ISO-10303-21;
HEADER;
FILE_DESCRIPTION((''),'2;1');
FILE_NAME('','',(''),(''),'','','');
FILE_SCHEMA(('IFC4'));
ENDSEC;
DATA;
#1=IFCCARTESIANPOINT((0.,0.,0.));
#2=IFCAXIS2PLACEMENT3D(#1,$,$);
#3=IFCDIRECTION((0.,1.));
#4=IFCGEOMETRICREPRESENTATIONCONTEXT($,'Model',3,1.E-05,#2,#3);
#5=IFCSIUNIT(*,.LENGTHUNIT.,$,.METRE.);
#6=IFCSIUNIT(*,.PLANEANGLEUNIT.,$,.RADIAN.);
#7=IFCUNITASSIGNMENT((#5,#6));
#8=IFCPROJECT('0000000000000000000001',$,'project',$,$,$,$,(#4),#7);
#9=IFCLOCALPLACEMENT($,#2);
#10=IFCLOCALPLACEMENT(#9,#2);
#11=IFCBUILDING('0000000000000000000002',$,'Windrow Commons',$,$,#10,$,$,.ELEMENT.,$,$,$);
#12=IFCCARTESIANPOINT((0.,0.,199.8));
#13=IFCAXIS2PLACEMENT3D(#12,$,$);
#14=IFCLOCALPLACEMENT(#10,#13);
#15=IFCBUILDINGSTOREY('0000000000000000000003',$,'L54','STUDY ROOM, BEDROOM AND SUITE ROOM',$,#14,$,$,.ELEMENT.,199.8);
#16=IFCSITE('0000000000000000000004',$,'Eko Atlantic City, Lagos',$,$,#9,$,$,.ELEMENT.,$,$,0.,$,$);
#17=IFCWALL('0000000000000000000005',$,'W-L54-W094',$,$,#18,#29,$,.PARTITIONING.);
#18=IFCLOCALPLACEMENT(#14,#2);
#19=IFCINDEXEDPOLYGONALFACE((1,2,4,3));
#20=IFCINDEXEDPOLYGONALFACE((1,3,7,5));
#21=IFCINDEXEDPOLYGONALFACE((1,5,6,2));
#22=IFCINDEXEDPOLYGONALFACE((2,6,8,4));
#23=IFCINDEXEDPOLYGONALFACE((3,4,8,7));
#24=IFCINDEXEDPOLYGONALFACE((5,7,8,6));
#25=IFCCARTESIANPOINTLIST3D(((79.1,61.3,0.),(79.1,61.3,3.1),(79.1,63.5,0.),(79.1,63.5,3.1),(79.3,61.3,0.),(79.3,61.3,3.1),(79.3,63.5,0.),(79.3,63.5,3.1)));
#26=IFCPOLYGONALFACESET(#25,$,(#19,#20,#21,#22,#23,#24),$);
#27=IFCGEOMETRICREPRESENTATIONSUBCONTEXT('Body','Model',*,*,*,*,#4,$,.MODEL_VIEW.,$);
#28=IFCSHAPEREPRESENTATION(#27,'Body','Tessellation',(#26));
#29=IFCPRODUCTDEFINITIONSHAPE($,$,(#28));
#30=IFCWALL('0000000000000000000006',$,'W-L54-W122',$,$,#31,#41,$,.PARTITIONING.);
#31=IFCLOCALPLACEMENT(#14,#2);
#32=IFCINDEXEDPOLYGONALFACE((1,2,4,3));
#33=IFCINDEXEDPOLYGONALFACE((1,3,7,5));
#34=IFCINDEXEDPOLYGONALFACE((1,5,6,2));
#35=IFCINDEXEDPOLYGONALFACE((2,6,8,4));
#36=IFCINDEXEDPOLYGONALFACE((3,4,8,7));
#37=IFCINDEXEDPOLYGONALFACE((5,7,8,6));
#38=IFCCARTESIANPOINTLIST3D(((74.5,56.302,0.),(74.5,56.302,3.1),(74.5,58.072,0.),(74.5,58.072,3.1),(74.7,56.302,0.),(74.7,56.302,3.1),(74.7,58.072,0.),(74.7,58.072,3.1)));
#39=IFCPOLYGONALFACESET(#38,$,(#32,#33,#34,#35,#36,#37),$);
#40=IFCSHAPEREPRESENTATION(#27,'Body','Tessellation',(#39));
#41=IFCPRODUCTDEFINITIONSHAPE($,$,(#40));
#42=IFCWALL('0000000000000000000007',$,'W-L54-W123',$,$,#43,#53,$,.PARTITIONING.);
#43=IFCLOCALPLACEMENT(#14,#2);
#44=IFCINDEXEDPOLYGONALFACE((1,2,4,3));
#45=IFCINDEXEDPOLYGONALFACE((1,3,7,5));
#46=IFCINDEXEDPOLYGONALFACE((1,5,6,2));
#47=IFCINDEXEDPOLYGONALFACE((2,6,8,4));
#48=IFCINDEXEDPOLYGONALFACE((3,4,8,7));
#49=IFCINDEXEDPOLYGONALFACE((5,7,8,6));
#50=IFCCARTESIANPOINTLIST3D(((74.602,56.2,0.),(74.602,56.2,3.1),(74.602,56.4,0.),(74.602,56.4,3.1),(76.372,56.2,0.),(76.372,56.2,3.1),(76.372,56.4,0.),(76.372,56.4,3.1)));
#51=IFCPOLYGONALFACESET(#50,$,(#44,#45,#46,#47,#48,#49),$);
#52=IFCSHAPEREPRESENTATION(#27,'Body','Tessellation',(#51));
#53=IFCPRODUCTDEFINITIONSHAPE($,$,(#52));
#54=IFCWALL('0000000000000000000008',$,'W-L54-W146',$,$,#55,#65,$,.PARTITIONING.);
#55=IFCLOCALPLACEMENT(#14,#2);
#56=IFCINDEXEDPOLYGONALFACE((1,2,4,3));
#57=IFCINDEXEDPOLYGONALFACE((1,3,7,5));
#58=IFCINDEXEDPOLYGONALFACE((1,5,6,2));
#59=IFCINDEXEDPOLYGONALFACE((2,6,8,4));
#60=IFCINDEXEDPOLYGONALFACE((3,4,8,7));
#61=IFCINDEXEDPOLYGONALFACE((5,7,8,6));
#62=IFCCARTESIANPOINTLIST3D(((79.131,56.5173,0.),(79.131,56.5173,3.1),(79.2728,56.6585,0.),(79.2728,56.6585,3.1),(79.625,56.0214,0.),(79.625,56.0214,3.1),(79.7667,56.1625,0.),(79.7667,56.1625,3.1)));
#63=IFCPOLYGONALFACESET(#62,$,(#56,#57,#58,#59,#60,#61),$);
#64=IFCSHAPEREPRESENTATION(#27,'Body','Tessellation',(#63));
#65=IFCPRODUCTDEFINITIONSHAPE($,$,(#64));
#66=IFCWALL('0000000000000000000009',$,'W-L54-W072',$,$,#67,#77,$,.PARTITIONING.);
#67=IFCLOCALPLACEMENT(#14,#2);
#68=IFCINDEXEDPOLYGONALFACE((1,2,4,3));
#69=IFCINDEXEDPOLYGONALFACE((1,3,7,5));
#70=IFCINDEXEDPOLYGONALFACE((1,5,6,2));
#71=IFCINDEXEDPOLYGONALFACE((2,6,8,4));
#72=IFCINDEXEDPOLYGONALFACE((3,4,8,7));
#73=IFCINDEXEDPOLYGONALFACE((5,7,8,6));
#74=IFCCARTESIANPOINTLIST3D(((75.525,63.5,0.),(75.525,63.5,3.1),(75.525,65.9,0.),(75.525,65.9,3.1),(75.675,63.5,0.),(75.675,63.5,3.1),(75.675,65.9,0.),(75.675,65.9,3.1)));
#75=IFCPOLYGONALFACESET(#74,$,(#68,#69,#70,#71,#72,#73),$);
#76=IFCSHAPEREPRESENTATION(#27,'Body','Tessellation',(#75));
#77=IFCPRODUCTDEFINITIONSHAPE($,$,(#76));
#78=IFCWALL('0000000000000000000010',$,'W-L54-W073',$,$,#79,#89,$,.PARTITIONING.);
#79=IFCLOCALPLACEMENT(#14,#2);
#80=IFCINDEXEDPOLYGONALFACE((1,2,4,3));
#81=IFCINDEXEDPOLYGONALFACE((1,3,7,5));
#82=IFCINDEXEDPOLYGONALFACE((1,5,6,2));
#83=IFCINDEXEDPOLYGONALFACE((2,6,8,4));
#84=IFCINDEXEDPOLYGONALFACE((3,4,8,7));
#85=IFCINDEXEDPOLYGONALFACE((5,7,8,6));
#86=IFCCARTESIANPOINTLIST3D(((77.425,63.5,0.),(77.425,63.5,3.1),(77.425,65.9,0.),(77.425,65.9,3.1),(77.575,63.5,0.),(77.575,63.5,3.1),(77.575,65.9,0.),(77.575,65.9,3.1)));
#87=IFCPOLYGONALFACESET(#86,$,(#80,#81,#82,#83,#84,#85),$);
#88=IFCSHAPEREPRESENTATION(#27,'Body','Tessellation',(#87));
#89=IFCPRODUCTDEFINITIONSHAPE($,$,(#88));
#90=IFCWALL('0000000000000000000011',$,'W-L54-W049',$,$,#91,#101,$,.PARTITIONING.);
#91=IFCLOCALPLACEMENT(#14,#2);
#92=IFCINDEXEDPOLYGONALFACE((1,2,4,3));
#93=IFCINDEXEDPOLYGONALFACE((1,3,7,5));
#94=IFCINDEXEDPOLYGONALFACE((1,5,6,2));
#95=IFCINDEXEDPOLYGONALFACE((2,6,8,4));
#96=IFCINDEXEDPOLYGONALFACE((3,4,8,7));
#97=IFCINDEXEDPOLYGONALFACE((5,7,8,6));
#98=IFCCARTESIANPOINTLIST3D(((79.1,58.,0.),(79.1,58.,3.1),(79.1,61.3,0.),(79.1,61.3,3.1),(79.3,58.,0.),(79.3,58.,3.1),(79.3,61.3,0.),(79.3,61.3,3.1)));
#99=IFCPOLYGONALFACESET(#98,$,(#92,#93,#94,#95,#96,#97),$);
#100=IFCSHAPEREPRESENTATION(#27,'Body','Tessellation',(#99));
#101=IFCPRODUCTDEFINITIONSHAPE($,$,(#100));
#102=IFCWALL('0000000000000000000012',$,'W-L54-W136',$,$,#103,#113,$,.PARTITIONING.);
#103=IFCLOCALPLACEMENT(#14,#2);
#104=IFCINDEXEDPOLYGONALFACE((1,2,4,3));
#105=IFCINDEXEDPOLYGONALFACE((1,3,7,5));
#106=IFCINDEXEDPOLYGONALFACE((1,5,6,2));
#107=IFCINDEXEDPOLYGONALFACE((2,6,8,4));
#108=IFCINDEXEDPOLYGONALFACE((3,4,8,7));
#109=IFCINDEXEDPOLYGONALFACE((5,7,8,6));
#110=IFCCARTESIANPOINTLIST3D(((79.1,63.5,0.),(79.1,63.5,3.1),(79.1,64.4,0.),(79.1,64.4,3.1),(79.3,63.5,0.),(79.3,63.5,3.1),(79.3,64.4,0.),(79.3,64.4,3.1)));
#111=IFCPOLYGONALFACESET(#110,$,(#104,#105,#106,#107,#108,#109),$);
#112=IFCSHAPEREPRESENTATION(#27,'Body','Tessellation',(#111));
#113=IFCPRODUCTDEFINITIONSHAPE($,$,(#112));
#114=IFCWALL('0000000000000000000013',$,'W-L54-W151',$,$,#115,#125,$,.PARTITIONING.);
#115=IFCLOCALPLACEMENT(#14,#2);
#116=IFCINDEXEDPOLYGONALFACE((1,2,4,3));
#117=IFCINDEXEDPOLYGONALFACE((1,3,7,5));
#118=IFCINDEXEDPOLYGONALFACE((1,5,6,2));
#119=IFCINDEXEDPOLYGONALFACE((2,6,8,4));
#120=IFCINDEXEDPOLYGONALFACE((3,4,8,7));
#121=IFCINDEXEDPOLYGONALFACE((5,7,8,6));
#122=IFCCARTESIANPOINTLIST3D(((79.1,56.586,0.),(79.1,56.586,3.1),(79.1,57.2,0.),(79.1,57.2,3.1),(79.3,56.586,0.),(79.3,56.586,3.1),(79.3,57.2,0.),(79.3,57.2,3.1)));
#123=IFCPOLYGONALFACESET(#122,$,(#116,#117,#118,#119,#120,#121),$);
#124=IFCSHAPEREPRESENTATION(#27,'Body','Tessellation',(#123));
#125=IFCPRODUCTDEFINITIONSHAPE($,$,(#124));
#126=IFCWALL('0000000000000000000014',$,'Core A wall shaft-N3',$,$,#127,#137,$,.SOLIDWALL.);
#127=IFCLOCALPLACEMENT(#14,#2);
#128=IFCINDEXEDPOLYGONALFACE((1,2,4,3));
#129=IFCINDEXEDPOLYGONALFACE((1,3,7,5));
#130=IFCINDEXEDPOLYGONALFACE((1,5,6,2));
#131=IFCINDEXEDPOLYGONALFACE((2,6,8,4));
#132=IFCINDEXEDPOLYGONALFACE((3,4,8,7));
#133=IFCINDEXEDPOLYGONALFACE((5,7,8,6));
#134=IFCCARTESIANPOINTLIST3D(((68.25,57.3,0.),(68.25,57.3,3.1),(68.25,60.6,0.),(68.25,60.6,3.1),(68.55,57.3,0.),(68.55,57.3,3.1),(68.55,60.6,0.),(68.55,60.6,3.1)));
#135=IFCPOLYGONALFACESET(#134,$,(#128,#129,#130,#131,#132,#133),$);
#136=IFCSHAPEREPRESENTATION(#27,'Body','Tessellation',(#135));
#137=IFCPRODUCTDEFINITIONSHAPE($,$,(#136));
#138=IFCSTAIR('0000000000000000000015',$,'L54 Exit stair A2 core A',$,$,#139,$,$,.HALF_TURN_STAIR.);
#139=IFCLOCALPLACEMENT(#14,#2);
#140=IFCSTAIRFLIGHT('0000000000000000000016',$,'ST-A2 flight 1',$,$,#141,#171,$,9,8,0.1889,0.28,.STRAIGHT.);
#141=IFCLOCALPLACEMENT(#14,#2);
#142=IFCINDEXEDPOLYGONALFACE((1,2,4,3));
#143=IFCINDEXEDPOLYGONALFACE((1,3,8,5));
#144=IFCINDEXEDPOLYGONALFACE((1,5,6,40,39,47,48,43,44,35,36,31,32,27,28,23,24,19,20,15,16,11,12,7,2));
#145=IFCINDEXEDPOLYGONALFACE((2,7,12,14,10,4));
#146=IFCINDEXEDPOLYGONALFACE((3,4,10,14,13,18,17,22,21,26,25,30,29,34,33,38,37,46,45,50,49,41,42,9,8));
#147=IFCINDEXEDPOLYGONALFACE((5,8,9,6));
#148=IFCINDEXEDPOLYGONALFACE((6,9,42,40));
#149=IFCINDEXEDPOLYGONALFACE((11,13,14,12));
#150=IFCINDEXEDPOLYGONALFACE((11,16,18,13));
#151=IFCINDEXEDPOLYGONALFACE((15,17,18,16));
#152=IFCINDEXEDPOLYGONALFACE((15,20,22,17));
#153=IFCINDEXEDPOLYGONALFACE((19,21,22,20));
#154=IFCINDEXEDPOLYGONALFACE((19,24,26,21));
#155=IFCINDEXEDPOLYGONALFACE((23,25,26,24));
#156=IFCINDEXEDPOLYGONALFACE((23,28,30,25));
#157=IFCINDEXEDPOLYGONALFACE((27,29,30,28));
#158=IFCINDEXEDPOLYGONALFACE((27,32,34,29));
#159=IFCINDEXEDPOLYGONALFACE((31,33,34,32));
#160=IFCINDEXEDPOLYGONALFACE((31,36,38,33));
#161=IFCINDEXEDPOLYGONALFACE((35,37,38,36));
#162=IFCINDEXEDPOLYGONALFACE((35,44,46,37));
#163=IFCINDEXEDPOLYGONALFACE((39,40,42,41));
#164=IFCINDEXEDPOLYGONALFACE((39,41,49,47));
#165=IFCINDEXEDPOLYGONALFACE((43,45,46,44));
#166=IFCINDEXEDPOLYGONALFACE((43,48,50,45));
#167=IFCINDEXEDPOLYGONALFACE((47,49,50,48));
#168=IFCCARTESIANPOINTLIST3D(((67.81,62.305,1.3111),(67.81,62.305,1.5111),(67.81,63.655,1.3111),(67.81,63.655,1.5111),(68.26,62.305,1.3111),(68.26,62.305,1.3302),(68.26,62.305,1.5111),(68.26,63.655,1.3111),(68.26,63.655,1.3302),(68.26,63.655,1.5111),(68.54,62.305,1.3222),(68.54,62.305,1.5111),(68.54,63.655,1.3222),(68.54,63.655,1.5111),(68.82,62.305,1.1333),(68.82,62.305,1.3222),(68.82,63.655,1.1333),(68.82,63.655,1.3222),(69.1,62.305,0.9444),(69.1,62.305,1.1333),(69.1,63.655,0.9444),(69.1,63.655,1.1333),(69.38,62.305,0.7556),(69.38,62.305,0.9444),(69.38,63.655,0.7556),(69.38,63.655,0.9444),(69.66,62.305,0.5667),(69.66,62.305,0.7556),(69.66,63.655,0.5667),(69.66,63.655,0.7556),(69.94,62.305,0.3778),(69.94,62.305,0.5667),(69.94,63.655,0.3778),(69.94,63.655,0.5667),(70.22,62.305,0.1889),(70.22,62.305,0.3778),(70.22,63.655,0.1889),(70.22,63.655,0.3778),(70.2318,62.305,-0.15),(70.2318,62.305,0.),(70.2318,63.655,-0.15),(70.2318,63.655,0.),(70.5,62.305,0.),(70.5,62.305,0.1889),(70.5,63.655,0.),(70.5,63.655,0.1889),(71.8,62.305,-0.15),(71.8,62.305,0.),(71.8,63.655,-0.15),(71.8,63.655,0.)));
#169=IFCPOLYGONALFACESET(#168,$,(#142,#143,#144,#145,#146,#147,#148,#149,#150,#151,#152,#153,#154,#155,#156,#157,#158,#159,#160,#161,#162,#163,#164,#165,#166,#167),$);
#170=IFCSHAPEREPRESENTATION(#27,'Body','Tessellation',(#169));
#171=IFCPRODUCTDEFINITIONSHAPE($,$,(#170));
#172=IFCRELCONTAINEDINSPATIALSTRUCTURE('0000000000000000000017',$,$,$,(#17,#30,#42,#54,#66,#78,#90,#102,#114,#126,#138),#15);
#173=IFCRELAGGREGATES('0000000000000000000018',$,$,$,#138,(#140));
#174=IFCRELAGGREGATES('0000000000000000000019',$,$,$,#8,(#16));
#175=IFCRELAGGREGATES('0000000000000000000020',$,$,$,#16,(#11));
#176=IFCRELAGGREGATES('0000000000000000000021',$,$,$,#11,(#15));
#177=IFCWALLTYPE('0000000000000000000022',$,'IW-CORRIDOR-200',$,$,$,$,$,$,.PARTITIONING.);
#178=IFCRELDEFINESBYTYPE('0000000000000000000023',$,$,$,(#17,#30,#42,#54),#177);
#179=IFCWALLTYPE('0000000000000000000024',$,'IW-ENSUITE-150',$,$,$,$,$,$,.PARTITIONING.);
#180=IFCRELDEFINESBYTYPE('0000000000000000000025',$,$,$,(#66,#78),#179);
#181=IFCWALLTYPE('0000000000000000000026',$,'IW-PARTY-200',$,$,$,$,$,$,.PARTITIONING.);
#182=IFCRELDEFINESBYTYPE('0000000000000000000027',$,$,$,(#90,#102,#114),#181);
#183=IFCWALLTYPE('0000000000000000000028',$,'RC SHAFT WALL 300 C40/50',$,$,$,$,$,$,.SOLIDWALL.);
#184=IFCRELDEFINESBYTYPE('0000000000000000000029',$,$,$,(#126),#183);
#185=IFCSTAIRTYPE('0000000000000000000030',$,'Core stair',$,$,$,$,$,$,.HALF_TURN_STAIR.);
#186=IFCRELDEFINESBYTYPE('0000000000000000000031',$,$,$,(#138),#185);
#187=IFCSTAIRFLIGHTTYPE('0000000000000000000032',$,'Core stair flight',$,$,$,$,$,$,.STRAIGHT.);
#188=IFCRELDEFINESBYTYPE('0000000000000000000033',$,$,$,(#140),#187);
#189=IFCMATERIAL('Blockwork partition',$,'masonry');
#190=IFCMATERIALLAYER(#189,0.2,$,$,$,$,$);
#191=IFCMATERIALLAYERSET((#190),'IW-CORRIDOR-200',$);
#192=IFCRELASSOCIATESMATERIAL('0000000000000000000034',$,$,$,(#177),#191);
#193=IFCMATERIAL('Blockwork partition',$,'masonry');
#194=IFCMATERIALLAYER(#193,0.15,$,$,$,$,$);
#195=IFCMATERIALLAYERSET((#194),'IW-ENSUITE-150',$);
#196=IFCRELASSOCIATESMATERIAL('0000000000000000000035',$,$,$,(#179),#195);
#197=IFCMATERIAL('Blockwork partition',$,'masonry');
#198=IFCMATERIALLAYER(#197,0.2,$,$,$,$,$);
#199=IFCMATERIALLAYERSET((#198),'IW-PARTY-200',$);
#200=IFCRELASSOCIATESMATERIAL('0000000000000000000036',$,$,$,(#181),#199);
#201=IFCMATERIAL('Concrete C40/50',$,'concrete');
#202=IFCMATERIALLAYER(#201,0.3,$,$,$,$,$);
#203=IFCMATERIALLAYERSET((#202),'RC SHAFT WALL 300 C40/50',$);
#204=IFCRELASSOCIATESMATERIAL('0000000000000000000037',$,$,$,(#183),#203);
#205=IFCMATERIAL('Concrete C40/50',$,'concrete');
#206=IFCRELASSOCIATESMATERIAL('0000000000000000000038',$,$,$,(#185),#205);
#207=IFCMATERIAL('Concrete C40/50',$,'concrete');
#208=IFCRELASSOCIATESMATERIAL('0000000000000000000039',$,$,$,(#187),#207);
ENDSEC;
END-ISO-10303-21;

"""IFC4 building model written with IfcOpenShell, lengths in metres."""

from ifc_helpers import new_model, si_unit, direction, frame, frame_2d, origin, place, context, subcontext, project, spatial, polyline, rectangle, outline, extrude, material, layer, layer_set, type_object, element, aggregate, save


model = new_model("IFC4")

# Units and contexts
model_context = context("Model", 3, precision=1e-05, world=origin(), true_north=direction((0.0, 1.0)))
body_context = subcontext(model_context, "Body", "Model", "MODEL_VIEW")
ifc_project = project(units=[si_unit("LENGTHUNIT", "METRE"), si_unit("PLANEANGLEUNIT", "RADIAN")], contexts=[model_context])

# Site, building, storey
site_placement = place(None, origin())
site = spatial("IfcSite", under=ifc_project, at=site_placement, Name="Eko Atlantic City, Lagos", CompositionType="ELEMENT", RefElevation=0.0)
building_placement = place(site_placement, origin())
building = spatial("IfcBuilding", under=site, at=building_placement, Name="Windrow Commons", CompositionType="ELEMENT")
storey_placement = place(building_placement, frame((0.0, 0.0, 199.8)))
storey = spatial("IfcBuildingStorey", under=building, at=storey_placement, Name="L54", Description="STUDY ROOM, BEDROOM AND SUITE ROOM", CompositionType="ELEMENT", Elevation=199.8)

# Shared definitions
ifc_material_1 = material(Name="Blockwork partition", Category="masonry")
ifc_layer_1 = layer(ifc_material_1, 0.2)
ifc_layer_set_1 = layer_set([ifc_layer_1], Name="IW-CORRIDOR-200")
wall_type_1 = type_object("IfcWallType", Name="IW-CORRIDOR-200", PredefinedType="PARTITIONING", material=ifc_layer_set_1)

# Walls
wall_1_placement = place(storey_placement, frame((79.2, 61.3, 0.0), z_axis=(0.0, 0.0, 1.0), x_axis=(0.0, 1.0, 0.0)))
element("IfcWall", 1, at=wall_1_placement, inside=storey, type_object=wall_type_1, Name="W-L54-W094", PredefinedType="PARTITIONING", context=body_context, shape_type="SweptSolid", body=[
    extrude(rectangle(XDim=2.2, YDim=0.2, at=frame_2d((1.1, 0.0))), origin(), (0.0, 0.0, 1.0), 3.1),
])
for number, where, z_axis, x_axis, name in (
    (2, (74.6, 56.302, 0.0), (0.0, 0.0, 1.0), (0.0, 1.0, 0.0), "W-L54-W122"),
    (3, (74.602, 56.3, 0.0), (0.0, 0.0, 1.0), (1.0, 0.0, 0.0), "W-L54-W123"),
):
    element("IfcWall", number, at=place(storey_placement, frame(where, z_axis=z_axis, x_axis=x_axis)), inside=storey, type_object=wall_type_1, Name=name, PredefinedType="PARTITIONING", context=body_context, shape_type="SweptSolid", body=[
        extrude(rectangle(XDim=1.77, YDim=0.2, at=frame_2d((0.885, 0.0))), origin(), (0.0, 0.0, 1.0), 3.1),
    ])
wall_2_placement = place(storey_placement, frame((79.2019, 56.5879, 0.0), z_axis=(0.0, 0.0, 1.0), x_axis=(0.705677, -0.708534, 0.0)))
element("IfcWall", 4, at=wall_2_placement, inside=storey, type_object=wall_type_1, Name="W-L54-W146", PredefinedType="PARTITIONING", context=body_context, shape_type="SweptSolid", body=[
    extrude(rectangle(XDim=0.7, YDim=0.2, at=frame_2d((0.35, 0.0))), origin(), (0.0, 0.0, 1.0), 3.1),
])
ifc_material_2 = material(Name="Blockwork partition", Category="masonry")
ifc_layer_2 = layer(ifc_material_2, 0.15)
ifc_layer_set_2 = layer_set([ifc_layer_2], Name="IW-ENSUITE-150")
wall_type_2 = type_object("IfcWallType", Name="IW-ENSUITE-150", PredefinedType="PARTITIONING", material=ifc_layer_set_2)
for number, where, z_axis, x_axis, name in (
    (5, (75.6, 63.5, 0.0), (0.0, 0.0, 1.0), (0.0, 1.0, 0.0), "W-L54-W072"),
    (6, (77.5, 63.5, 0.0), (0.0, 0.0, 1.0), (0.0, 1.0, 0.0), "W-L54-W073"),
):
    element("IfcWall", number, at=place(storey_placement, frame(where, z_axis=z_axis, x_axis=x_axis)), inside=storey, type_object=wall_type_2, Name=name, PredefinedType="PARTITIONING", context=body_context, shape_type="SweptSolid", body=[
        extrude(rectangle(XDim=2.4, YDim=0.15, at=frame_2d((1.2, 0.0))), origin(), (0.0, 0.0, 1.0), 3.1),
    ])
ifc_material_3 = material(Name="Blockwork partition", Category="masonry")
ifc_layer_3 = layer(ifc_material_3, 0.2)
ifc_layer_set_3 = layer_set([ifc_layer_3], Name="IW-PARTY-200")
wall_type_3 = type_object("IfcWallType", Name="IW-PARTY-200", PredefinedType="PARTITIONING", material=ifc_layer_set_3)
wall_3_placement = place(storey_placement, frame((79.2, 58.0, 0.0), z_axis=(0.0, 0.0, 1.0), x_axis=(0.0, 1.0, 0.0)))
element("IfcWall", 7, at=wall_3_placement, inside=storey, type_object=wall_type_3, Name="W-L54-W049", PredefinedType="PARTITIONING", context=body_context, shape_type="SweptSolid", body=[
    extrude(rectangle(XDim=3.3, YDim=0.2, at=frame_2d((1.65, 0.0))), origin(), (0.0, 0.0, 1.0), 3.1),
])
wall_4_placement = place(storey_placement, frame((79.2, 63.5, 0.0), z_axis=(0.0, 0.0, 1.0), x_axis=(0.0, 1.0, 0.0)))
element("IfcWall", 8, at=wall_4_placement, inside=storey, type_object=wall_type_3, Name="W-L54-W136", PredefinedType="PARTITIONING", context=body_context, shape_type="SweptSolid", body=[
    extrude(rectangle(XDim=0.9, YDim=0.2, at=frame_2d((0.45, 0.0))), origin(), (0.0, 0.0, 1.0), 3.1),
])
wall_5_placement = place(storey_placement, frame((79.2, 56.586, 0.0), z_axis=(0.0, 0.0, 1.0), x_axis=(0.0, 1.0, 0.0)))
element("IfcWall", 9, at=wall_5_placement, inside=storey, type_object=wall_type_3, Name="W-L54-W151", PredefinedType="PARTITIONING", context=body_context, shape_type="SweptSolid", body=[
    extrude(rectangle(XDim=0.614, YDim=0.2, at=frame_2d((0.307, 0.0))), origin(), (0.0, 0.0, 1.0), 3.1),
])
ifc_material_4 = material(Name="Concrete C40/50", Category="concrete")
ifc_layer_4 = layer(ifc_material_4, 0.3)
ifc_layer_set_4 = layer_set([ifc_layer_4], Name="RC SHAFT WALL 300 C40/50")
wall_type_4 = type_object("IfcWallType", Name="RC SHAFT WALL 300 C40/50", PredefinedType="SOLIDWALL", material=ifc_layer_set_4)
wall_6_placement = place(storey_placement, frame((68.4, 57.3, 0.0), z_axis=(0.0, 0.0, 1.0), x_axis=(0.0, 1.0, 0.0)))
element("IfcWall", 10, at=wall_6_placement, inside=storey, type_object=wall_type_4, Name="Core A wall shaft-N3", PredefinedType="SOLIDWALL", context=body_context, shape_type="SweptSolid", body=[
    extrude(rectangle(XDim=3.3, YDim=0.3, at=frame_2d((1.65, 0.0))), origin(), (0.0, 0.0, 1.0), 3.1),
])

# Stair, stair flight
ifc_material_5 = material(Name="Concrete C40/50", Category="concrete")
stair_type = type_object("IfcStairType", Name="Core stair", PredefinedType="HALF_TURN_STAIR", material=ifc_material_5)
stair_placement = place(storey_placement, origin())
stair = element("IfcStair", 11, at=stair_placement, inside=storey, type_object=stair_type, Name="L54 Exit stair A2 core A", PredefinedType="HALF_TURN_STAIR")
ifc_material_6 = material(Name="Concrete C40/50", Category="concrete")
stair_flight_type = type_object("IfcStairFlightType", Name="Core stair flight", PredefinedType="STRAIGHT", material=ifc_material_6)
stair_flight_1_placement = place(storey_placement, frame((70.5, 62.98, 0.0), z_axis=(0.0, 0.0, 1.0), x_axis=(-1.0, 0.0, 0.0)))
stair_flight_1 = element("IfcStairFlight", 12, at=stair_flight_1_placement, type_object=stair_flight_type, Name="ST-A2 flight 1", NumberOfRisers=9, NumberOfTreads=8, PredefinedType="STRAIGHT", RiserHeight=0.1889, TreadLength=0.28, context=body_context, shape_type="SweptSolid", body=[
    extrude(outline(polyline([(-1.3, -0.15), (-1.3, 0.0), (0.0, 0.0), (0.0, 0.1889), (0.28, 0.1889), (0.28, 0.3778), (0.56, 0.3778), (0.56, 0.5667), (0.84, 0.5667), (0.84, 0.7556), (1.12, 0.7556), (1.12, 0.9444), (1.4, 0.9444), (1.4, 1.1333), (1.68, 1.1333), (1.68, 1.3222), (1.96, 1.3222), (1.96, 1.5111), (2.24, 1.5111), (2.69, 1.5111), (2.69, 1.3111), (2.24, 1.3111), (2.24, 1.3302), (0.2682, 0.0), (0.2682, -0.15), (-1.3, -0.15)])), frame((0.0, 0.675, 0.0), z_axis=(0.0, -1.0, 0.0), x_axis=(1.0, 0.0, 0.0)), (0.0, 0.0, 1.0), 1.35),
])
aggregate(stair, [stair_flight_1])

save(model, "model.ifc")
